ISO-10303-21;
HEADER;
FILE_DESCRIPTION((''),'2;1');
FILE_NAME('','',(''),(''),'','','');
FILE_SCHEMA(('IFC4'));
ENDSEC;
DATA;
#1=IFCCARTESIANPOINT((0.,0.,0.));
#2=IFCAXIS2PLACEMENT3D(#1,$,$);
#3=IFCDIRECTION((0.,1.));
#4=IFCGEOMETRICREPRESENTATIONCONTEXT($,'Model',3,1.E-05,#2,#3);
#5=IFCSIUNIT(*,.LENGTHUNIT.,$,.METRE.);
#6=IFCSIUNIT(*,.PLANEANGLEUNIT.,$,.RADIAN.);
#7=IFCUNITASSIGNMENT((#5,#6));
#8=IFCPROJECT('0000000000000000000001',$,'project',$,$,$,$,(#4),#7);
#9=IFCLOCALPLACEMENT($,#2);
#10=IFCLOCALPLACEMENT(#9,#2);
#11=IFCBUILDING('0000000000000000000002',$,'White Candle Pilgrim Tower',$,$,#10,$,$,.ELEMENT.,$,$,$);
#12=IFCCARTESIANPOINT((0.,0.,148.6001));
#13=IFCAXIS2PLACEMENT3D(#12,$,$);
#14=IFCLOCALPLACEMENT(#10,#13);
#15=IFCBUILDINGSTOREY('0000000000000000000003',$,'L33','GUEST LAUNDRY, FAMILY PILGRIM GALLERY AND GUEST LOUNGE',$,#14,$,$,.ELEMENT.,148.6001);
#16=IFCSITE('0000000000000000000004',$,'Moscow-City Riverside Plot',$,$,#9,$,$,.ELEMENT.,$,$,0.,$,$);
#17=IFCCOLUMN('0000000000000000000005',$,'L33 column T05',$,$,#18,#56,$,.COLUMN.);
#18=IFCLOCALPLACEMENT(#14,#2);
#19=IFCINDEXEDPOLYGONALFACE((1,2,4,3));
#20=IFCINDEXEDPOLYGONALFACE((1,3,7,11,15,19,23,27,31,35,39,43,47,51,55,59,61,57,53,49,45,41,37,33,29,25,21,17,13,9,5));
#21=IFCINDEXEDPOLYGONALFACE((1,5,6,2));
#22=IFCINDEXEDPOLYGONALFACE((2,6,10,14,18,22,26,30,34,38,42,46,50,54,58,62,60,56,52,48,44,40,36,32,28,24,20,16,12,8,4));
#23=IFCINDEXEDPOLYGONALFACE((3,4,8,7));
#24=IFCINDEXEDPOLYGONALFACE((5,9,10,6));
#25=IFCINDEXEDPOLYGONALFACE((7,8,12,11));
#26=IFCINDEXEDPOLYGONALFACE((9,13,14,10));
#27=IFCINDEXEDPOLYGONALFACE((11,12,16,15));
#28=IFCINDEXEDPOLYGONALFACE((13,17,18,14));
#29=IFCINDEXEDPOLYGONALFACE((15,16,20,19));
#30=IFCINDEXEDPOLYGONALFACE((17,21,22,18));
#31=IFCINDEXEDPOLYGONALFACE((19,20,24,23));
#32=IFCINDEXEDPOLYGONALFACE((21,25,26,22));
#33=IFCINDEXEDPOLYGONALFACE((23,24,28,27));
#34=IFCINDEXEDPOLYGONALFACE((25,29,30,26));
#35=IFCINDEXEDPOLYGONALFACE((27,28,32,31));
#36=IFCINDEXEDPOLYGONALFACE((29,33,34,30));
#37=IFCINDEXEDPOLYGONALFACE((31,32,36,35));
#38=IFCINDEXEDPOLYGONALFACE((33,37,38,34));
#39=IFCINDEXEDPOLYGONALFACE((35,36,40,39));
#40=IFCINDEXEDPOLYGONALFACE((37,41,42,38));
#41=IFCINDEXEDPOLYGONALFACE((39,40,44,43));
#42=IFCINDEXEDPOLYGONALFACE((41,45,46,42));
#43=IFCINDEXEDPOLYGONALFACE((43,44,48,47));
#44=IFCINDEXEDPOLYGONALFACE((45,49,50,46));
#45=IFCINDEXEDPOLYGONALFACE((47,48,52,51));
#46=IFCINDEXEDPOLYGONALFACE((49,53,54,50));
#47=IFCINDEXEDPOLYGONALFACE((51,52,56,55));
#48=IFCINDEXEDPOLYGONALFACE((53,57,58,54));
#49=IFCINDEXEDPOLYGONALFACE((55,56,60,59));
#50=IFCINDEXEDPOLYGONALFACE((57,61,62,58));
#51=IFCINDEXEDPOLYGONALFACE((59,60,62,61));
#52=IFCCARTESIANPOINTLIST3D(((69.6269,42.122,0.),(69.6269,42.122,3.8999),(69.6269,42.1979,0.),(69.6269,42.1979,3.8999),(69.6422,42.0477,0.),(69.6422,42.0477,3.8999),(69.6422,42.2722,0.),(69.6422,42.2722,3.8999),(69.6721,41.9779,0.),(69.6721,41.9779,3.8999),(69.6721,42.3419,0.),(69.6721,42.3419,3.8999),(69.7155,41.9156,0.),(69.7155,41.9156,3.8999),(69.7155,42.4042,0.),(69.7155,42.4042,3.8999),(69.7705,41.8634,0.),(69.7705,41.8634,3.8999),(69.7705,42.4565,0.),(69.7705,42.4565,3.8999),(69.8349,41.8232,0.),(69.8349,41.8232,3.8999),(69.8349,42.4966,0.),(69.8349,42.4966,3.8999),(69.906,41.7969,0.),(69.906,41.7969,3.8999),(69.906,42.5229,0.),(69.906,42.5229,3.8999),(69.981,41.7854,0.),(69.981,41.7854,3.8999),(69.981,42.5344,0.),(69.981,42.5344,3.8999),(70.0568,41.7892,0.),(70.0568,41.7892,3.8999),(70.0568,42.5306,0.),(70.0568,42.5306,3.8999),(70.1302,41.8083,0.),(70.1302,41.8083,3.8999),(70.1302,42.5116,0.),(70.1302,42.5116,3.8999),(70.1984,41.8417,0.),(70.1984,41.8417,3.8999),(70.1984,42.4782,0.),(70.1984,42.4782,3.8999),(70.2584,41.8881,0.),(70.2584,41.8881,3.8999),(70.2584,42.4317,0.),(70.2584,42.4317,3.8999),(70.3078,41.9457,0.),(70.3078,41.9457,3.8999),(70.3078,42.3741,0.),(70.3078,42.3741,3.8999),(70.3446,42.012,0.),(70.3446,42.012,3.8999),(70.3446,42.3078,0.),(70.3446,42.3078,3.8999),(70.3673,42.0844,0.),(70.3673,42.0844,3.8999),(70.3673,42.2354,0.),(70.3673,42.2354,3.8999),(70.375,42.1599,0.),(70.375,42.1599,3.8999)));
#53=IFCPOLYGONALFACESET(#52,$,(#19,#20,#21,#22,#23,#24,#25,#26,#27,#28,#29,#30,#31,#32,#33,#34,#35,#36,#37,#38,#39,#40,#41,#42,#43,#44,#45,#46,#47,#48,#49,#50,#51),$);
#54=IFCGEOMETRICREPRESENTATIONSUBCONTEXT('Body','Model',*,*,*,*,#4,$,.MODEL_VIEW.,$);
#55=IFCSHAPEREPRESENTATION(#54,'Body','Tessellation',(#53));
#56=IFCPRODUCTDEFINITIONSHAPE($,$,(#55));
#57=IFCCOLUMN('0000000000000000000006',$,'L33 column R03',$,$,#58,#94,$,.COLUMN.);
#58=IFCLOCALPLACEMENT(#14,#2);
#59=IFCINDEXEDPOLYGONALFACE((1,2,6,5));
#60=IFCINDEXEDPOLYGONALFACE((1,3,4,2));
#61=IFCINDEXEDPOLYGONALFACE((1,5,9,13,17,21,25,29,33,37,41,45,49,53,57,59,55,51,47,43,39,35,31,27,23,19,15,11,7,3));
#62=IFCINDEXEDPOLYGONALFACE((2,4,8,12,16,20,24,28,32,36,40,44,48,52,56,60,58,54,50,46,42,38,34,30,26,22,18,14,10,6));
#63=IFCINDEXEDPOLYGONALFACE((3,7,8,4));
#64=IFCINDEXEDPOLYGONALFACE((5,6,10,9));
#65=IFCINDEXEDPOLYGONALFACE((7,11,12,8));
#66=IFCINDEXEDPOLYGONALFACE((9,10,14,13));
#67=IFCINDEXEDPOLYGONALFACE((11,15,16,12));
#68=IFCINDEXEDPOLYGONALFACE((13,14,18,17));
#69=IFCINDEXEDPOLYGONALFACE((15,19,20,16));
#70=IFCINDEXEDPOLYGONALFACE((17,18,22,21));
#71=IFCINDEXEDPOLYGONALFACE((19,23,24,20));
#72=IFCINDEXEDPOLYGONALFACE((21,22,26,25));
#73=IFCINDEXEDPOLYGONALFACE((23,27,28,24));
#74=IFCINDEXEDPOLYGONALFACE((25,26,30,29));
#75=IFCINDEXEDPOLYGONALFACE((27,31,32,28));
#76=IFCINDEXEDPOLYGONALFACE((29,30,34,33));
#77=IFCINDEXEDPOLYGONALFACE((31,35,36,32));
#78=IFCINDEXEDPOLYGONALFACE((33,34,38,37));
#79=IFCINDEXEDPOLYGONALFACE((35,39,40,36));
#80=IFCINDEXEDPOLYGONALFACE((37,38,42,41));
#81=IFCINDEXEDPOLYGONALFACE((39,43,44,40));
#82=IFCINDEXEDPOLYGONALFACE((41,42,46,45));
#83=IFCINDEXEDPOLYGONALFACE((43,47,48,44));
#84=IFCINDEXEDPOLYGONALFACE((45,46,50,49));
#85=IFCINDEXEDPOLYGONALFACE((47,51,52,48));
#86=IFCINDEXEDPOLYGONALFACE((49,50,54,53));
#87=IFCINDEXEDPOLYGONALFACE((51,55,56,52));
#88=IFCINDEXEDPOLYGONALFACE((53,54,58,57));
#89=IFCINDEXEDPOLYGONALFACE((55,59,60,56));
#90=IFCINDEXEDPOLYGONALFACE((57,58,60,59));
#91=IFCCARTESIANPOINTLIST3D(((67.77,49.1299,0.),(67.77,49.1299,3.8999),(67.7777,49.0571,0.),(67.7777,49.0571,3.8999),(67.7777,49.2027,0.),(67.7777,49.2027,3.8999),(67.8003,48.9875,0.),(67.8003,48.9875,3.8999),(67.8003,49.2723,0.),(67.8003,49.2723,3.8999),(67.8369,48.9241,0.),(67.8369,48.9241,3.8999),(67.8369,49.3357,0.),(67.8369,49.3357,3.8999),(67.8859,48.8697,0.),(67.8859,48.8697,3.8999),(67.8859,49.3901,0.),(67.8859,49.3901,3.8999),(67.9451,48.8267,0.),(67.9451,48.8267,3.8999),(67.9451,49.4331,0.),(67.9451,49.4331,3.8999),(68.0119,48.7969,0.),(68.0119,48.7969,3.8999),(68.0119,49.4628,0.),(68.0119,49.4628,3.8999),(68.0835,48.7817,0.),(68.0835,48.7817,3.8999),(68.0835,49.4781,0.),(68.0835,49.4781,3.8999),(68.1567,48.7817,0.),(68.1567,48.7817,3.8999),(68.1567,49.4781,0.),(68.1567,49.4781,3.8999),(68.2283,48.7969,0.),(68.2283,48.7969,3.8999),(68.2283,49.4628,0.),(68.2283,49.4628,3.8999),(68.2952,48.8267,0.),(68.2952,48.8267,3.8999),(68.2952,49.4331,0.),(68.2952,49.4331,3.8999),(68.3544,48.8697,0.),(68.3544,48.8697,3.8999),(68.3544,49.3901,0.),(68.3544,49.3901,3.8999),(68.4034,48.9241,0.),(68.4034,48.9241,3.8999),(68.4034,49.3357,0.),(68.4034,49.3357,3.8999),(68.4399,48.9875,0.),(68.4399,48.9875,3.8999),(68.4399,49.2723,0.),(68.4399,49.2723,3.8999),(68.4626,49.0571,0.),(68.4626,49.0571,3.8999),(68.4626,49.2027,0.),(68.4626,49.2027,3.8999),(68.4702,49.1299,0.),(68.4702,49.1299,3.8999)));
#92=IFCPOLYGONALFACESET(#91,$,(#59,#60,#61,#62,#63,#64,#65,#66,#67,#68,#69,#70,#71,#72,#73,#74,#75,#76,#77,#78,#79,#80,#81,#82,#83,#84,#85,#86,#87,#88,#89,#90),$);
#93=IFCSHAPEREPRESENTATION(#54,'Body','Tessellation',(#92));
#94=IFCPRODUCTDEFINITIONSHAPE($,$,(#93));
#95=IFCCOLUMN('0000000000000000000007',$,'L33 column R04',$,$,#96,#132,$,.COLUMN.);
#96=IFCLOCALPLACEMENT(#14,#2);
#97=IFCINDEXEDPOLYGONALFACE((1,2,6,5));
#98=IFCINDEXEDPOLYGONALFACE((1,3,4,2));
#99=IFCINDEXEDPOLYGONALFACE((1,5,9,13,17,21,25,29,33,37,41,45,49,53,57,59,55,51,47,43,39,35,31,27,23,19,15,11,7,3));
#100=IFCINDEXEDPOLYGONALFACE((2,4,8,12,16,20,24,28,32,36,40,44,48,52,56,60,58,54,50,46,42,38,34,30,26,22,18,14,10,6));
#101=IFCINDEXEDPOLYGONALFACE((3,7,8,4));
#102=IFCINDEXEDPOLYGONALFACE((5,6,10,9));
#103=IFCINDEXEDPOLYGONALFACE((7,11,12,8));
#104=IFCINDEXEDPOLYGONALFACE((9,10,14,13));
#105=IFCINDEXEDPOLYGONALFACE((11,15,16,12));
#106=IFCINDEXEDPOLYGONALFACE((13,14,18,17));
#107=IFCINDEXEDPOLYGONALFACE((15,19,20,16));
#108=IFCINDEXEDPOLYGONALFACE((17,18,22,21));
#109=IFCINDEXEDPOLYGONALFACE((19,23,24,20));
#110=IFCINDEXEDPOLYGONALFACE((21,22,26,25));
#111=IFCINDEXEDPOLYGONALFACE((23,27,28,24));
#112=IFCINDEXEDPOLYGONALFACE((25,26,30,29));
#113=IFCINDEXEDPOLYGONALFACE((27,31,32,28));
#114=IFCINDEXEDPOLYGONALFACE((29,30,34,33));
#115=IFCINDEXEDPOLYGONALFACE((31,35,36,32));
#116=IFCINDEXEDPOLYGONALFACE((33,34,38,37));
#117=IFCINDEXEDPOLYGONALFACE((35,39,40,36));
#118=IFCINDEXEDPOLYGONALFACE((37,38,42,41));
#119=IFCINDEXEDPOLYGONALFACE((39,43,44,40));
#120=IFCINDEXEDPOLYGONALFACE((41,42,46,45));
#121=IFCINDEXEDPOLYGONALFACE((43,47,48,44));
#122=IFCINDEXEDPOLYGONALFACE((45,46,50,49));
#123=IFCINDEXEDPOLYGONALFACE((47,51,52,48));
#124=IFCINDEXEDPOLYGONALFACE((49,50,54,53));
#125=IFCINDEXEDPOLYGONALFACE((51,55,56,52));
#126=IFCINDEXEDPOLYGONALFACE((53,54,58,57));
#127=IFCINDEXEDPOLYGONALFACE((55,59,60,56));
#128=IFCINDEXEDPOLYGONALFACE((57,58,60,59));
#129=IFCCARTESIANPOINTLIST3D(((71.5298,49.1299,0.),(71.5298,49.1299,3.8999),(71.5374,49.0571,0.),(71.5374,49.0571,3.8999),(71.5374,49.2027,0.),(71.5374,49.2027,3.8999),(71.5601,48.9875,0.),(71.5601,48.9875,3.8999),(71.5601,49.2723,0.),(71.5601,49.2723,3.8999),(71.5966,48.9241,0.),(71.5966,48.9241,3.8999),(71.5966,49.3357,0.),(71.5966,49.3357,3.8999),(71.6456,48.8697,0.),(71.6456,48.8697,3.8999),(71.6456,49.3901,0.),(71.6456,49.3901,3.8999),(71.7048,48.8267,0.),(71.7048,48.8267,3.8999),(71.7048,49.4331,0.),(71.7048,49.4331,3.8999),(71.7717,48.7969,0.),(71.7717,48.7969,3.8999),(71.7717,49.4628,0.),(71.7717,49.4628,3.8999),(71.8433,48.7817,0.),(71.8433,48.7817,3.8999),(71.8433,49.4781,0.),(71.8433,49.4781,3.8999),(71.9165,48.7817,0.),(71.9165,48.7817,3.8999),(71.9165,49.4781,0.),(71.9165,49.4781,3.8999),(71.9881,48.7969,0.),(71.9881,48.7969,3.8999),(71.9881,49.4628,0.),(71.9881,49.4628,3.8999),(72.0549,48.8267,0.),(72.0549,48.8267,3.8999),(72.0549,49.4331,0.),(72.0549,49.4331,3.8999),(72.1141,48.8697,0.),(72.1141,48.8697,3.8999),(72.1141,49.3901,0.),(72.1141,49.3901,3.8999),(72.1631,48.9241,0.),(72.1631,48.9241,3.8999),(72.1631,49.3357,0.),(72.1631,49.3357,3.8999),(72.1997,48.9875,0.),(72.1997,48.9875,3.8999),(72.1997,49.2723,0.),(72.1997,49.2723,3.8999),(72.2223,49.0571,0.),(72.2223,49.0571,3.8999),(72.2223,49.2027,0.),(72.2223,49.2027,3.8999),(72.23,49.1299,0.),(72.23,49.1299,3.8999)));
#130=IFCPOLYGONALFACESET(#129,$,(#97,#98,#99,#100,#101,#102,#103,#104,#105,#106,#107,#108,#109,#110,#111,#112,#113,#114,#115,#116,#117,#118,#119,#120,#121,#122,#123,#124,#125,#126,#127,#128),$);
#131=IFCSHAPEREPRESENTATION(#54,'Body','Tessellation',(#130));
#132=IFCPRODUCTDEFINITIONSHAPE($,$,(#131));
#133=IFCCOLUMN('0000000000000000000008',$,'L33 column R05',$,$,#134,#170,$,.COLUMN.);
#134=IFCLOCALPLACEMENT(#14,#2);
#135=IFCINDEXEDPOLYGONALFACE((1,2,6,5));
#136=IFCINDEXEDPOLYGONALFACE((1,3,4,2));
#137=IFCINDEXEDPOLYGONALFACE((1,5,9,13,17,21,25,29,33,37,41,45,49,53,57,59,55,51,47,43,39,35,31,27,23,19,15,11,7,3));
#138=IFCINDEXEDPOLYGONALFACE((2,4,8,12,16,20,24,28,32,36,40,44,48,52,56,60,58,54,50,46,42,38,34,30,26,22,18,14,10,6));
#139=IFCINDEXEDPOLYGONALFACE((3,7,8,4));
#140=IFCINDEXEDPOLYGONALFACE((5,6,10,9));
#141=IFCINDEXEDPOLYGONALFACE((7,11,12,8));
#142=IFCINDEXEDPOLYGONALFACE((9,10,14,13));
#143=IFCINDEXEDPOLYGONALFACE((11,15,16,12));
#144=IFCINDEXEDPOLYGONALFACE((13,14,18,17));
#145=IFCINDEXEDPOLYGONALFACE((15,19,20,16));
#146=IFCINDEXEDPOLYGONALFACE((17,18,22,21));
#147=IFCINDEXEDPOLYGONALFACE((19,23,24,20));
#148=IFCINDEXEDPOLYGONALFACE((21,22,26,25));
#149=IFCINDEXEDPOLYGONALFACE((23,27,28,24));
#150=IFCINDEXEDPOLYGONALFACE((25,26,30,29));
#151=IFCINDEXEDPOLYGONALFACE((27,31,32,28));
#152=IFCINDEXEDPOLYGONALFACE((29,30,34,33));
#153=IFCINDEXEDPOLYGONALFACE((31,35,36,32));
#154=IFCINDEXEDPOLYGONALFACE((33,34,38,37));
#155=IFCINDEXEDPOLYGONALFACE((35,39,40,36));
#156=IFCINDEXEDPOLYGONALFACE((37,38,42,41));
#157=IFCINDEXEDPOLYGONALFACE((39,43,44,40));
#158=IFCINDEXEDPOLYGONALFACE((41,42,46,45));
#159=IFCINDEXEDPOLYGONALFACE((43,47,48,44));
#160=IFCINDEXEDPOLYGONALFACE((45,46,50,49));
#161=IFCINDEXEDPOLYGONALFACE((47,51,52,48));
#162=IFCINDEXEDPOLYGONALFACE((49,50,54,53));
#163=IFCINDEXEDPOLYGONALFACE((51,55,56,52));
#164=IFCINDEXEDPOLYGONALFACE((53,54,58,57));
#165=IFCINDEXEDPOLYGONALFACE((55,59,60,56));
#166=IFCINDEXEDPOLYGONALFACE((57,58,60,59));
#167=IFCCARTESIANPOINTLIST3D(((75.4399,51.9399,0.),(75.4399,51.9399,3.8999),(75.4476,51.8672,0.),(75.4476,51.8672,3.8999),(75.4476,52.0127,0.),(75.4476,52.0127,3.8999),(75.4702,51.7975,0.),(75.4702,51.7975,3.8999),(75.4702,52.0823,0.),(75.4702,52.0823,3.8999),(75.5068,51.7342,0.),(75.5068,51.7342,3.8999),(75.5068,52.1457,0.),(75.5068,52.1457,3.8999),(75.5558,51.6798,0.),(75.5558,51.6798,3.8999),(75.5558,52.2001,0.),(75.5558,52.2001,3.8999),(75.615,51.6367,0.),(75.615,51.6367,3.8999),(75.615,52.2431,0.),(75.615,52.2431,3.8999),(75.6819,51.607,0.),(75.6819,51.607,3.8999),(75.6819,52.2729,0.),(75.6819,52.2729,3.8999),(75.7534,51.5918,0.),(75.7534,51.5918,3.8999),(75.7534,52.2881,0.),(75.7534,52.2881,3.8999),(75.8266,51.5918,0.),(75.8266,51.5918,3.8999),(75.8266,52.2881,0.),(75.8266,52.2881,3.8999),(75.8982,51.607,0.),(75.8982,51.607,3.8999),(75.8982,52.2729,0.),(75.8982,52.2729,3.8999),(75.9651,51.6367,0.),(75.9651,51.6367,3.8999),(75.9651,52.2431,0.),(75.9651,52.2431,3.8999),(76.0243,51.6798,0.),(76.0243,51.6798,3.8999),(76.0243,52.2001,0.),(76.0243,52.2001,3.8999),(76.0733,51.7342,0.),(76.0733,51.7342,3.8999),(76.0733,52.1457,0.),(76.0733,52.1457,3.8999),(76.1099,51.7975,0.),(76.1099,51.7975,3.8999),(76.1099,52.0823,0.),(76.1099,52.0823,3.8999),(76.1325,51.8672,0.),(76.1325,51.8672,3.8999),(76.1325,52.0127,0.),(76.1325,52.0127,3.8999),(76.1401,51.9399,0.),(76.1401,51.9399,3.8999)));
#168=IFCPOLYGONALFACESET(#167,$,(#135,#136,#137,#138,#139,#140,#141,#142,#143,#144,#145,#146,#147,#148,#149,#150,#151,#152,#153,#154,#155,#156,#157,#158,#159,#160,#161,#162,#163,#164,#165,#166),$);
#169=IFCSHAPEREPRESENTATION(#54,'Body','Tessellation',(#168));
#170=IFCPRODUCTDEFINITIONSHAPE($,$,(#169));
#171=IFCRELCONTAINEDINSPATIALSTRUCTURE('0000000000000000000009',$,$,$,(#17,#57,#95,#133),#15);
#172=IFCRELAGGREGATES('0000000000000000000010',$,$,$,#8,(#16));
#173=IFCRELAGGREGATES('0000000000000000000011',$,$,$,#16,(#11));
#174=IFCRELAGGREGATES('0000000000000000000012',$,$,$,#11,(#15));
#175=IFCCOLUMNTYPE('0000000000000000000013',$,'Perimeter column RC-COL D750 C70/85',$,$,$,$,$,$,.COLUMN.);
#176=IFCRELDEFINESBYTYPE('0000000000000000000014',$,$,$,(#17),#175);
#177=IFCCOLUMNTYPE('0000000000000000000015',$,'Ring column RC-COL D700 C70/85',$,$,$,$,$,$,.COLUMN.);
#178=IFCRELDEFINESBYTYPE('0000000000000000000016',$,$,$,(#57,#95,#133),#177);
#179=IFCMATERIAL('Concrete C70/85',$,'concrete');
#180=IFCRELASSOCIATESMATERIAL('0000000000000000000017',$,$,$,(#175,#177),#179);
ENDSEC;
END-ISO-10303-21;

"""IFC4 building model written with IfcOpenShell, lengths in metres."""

from ifc_helpers import new_model, si_unit, direction, frame, origin, origin_2d, place, context, subcontext, project, spatial, circle, extrude, material, material_profile, profile_set, type_object, element, save


model = new_model("IFC4")

# Units and contexts
model_context = context("Model", 3, precision=1e-05, world=origin(), true_north=direction((0.0, 1.0)))
body_context = subcontext(model_context, "Body", "Model", "MODEL_VIEW")
ifc_project = project(units=[si_unit("LENGTHUNIT", "METRE"), si_unit("PLANEANGLEUNIT", "RADIAN")], contexts=[model_context])

# Site, building, storey
site_placement = place(None, origin())
site = spatial("IfcSite", under=ifc_project, at=site_placement, Name="Moscow-City Riverside Plot", CompositionType="ELEMENT", RefElevation=0.0)
building_placement = place(site_placement, origin())
building = spatial("IfcBuilding", under=site, at=building_placement, Name="White Candle Pilgrim Tower", CompositionType="ELEMENT")
storey_placement = place(building_placement, frame((0.0, 0.0, 148.6001)))
storey = spatial("IfcBuildingStorey", under=building, at=storey_placement, Name="L33", Description="GUEST LAUNDRY, FAMILY PILGRIM GALLERY AND GUEST LOUNGE", CompositionType="ELEMENT", Elevation=148.6001)

# Columns
ifc_material_1 = material(Name="Concrete C70/85", Category="concrete")
ifc_material_profile_1 = material_profile(ifc_material_1, circle(Radius=0.375, at=origin_2d()), Name="RC-COL D750")
ifc_profile_set_1 = profile_set([ifc_material_profile_1], Name="Concrete C70/85")
column_type_1 = type_object("IfcColumnType", Name="Perimeter column RC-COL D750 C70/85", PredefinedType="COLUMN", material=ifc_profile_set_1)
column_placement = place(storey_placement, frame((70.0, 42.1599, 0.0), z_axis=(0.0, 0.0, 1.0), x_axis=(1.0, 0.0, 0.0)))
element("IfcColumn", 1, at=column_placement, inside=storey, type_object=column_type_1, Name="L33 column T05", PredefinedType="COLUMN", context=body_context, shape_type="SweptSolid", body=[
    extrude(circle(Radius=0.375, at=origin_2d()), origin(), (0.0, 0.0, 1.0), 3.8999),
])
ifc_material_profile_2 = material_profile(ifc_material_1, circle(Radius=0.3501, at=origin_2d()), Name="RC-COL D700")
ifc_profile_set_2 = profile_set([ifc_material_profile_2], Name="Concrete C70/85")
column_type_2 = type_object("IfcColumnType", Name="Ring column RC-COL D700 C70/85", PredefinedType="COLUMN", material=ifc_profile_set_2)
for number, where, z_axis, x_axis, name in (
    (2, (68.1201, 49.1299, 0.0), (0.0, 0.0, 1.0), (1.0, 0.0, 0.0), "L33 column R03"),
    (3, (71.8799, 49.1299, 0.0), (0.0, 0.0, 1.0), (1.0, 0.0, 0.0), "L33 column R04"),
    (4, (75.79, 51.9399, 0.0), (0.0, 0.0, 1.0), (1.0, 0.0, 0.0), "L33 column R05"),
):
    element("IfcColumn", number, at=place(storey_placement, frame(where, z_axis=z_axis, x_axis=x_axis)), inside=storey, type_object=column_type_2, Name=name, PredefinedType="COLUMN", context=body_context, shape_type="SweptSolid", body=[
        extrude(circle(Radius=0.3501, at=origin_2d()), origin(), (0.0, 0.0, 1.0), 3.8999),
    ])

save(model, "model.ifc")
